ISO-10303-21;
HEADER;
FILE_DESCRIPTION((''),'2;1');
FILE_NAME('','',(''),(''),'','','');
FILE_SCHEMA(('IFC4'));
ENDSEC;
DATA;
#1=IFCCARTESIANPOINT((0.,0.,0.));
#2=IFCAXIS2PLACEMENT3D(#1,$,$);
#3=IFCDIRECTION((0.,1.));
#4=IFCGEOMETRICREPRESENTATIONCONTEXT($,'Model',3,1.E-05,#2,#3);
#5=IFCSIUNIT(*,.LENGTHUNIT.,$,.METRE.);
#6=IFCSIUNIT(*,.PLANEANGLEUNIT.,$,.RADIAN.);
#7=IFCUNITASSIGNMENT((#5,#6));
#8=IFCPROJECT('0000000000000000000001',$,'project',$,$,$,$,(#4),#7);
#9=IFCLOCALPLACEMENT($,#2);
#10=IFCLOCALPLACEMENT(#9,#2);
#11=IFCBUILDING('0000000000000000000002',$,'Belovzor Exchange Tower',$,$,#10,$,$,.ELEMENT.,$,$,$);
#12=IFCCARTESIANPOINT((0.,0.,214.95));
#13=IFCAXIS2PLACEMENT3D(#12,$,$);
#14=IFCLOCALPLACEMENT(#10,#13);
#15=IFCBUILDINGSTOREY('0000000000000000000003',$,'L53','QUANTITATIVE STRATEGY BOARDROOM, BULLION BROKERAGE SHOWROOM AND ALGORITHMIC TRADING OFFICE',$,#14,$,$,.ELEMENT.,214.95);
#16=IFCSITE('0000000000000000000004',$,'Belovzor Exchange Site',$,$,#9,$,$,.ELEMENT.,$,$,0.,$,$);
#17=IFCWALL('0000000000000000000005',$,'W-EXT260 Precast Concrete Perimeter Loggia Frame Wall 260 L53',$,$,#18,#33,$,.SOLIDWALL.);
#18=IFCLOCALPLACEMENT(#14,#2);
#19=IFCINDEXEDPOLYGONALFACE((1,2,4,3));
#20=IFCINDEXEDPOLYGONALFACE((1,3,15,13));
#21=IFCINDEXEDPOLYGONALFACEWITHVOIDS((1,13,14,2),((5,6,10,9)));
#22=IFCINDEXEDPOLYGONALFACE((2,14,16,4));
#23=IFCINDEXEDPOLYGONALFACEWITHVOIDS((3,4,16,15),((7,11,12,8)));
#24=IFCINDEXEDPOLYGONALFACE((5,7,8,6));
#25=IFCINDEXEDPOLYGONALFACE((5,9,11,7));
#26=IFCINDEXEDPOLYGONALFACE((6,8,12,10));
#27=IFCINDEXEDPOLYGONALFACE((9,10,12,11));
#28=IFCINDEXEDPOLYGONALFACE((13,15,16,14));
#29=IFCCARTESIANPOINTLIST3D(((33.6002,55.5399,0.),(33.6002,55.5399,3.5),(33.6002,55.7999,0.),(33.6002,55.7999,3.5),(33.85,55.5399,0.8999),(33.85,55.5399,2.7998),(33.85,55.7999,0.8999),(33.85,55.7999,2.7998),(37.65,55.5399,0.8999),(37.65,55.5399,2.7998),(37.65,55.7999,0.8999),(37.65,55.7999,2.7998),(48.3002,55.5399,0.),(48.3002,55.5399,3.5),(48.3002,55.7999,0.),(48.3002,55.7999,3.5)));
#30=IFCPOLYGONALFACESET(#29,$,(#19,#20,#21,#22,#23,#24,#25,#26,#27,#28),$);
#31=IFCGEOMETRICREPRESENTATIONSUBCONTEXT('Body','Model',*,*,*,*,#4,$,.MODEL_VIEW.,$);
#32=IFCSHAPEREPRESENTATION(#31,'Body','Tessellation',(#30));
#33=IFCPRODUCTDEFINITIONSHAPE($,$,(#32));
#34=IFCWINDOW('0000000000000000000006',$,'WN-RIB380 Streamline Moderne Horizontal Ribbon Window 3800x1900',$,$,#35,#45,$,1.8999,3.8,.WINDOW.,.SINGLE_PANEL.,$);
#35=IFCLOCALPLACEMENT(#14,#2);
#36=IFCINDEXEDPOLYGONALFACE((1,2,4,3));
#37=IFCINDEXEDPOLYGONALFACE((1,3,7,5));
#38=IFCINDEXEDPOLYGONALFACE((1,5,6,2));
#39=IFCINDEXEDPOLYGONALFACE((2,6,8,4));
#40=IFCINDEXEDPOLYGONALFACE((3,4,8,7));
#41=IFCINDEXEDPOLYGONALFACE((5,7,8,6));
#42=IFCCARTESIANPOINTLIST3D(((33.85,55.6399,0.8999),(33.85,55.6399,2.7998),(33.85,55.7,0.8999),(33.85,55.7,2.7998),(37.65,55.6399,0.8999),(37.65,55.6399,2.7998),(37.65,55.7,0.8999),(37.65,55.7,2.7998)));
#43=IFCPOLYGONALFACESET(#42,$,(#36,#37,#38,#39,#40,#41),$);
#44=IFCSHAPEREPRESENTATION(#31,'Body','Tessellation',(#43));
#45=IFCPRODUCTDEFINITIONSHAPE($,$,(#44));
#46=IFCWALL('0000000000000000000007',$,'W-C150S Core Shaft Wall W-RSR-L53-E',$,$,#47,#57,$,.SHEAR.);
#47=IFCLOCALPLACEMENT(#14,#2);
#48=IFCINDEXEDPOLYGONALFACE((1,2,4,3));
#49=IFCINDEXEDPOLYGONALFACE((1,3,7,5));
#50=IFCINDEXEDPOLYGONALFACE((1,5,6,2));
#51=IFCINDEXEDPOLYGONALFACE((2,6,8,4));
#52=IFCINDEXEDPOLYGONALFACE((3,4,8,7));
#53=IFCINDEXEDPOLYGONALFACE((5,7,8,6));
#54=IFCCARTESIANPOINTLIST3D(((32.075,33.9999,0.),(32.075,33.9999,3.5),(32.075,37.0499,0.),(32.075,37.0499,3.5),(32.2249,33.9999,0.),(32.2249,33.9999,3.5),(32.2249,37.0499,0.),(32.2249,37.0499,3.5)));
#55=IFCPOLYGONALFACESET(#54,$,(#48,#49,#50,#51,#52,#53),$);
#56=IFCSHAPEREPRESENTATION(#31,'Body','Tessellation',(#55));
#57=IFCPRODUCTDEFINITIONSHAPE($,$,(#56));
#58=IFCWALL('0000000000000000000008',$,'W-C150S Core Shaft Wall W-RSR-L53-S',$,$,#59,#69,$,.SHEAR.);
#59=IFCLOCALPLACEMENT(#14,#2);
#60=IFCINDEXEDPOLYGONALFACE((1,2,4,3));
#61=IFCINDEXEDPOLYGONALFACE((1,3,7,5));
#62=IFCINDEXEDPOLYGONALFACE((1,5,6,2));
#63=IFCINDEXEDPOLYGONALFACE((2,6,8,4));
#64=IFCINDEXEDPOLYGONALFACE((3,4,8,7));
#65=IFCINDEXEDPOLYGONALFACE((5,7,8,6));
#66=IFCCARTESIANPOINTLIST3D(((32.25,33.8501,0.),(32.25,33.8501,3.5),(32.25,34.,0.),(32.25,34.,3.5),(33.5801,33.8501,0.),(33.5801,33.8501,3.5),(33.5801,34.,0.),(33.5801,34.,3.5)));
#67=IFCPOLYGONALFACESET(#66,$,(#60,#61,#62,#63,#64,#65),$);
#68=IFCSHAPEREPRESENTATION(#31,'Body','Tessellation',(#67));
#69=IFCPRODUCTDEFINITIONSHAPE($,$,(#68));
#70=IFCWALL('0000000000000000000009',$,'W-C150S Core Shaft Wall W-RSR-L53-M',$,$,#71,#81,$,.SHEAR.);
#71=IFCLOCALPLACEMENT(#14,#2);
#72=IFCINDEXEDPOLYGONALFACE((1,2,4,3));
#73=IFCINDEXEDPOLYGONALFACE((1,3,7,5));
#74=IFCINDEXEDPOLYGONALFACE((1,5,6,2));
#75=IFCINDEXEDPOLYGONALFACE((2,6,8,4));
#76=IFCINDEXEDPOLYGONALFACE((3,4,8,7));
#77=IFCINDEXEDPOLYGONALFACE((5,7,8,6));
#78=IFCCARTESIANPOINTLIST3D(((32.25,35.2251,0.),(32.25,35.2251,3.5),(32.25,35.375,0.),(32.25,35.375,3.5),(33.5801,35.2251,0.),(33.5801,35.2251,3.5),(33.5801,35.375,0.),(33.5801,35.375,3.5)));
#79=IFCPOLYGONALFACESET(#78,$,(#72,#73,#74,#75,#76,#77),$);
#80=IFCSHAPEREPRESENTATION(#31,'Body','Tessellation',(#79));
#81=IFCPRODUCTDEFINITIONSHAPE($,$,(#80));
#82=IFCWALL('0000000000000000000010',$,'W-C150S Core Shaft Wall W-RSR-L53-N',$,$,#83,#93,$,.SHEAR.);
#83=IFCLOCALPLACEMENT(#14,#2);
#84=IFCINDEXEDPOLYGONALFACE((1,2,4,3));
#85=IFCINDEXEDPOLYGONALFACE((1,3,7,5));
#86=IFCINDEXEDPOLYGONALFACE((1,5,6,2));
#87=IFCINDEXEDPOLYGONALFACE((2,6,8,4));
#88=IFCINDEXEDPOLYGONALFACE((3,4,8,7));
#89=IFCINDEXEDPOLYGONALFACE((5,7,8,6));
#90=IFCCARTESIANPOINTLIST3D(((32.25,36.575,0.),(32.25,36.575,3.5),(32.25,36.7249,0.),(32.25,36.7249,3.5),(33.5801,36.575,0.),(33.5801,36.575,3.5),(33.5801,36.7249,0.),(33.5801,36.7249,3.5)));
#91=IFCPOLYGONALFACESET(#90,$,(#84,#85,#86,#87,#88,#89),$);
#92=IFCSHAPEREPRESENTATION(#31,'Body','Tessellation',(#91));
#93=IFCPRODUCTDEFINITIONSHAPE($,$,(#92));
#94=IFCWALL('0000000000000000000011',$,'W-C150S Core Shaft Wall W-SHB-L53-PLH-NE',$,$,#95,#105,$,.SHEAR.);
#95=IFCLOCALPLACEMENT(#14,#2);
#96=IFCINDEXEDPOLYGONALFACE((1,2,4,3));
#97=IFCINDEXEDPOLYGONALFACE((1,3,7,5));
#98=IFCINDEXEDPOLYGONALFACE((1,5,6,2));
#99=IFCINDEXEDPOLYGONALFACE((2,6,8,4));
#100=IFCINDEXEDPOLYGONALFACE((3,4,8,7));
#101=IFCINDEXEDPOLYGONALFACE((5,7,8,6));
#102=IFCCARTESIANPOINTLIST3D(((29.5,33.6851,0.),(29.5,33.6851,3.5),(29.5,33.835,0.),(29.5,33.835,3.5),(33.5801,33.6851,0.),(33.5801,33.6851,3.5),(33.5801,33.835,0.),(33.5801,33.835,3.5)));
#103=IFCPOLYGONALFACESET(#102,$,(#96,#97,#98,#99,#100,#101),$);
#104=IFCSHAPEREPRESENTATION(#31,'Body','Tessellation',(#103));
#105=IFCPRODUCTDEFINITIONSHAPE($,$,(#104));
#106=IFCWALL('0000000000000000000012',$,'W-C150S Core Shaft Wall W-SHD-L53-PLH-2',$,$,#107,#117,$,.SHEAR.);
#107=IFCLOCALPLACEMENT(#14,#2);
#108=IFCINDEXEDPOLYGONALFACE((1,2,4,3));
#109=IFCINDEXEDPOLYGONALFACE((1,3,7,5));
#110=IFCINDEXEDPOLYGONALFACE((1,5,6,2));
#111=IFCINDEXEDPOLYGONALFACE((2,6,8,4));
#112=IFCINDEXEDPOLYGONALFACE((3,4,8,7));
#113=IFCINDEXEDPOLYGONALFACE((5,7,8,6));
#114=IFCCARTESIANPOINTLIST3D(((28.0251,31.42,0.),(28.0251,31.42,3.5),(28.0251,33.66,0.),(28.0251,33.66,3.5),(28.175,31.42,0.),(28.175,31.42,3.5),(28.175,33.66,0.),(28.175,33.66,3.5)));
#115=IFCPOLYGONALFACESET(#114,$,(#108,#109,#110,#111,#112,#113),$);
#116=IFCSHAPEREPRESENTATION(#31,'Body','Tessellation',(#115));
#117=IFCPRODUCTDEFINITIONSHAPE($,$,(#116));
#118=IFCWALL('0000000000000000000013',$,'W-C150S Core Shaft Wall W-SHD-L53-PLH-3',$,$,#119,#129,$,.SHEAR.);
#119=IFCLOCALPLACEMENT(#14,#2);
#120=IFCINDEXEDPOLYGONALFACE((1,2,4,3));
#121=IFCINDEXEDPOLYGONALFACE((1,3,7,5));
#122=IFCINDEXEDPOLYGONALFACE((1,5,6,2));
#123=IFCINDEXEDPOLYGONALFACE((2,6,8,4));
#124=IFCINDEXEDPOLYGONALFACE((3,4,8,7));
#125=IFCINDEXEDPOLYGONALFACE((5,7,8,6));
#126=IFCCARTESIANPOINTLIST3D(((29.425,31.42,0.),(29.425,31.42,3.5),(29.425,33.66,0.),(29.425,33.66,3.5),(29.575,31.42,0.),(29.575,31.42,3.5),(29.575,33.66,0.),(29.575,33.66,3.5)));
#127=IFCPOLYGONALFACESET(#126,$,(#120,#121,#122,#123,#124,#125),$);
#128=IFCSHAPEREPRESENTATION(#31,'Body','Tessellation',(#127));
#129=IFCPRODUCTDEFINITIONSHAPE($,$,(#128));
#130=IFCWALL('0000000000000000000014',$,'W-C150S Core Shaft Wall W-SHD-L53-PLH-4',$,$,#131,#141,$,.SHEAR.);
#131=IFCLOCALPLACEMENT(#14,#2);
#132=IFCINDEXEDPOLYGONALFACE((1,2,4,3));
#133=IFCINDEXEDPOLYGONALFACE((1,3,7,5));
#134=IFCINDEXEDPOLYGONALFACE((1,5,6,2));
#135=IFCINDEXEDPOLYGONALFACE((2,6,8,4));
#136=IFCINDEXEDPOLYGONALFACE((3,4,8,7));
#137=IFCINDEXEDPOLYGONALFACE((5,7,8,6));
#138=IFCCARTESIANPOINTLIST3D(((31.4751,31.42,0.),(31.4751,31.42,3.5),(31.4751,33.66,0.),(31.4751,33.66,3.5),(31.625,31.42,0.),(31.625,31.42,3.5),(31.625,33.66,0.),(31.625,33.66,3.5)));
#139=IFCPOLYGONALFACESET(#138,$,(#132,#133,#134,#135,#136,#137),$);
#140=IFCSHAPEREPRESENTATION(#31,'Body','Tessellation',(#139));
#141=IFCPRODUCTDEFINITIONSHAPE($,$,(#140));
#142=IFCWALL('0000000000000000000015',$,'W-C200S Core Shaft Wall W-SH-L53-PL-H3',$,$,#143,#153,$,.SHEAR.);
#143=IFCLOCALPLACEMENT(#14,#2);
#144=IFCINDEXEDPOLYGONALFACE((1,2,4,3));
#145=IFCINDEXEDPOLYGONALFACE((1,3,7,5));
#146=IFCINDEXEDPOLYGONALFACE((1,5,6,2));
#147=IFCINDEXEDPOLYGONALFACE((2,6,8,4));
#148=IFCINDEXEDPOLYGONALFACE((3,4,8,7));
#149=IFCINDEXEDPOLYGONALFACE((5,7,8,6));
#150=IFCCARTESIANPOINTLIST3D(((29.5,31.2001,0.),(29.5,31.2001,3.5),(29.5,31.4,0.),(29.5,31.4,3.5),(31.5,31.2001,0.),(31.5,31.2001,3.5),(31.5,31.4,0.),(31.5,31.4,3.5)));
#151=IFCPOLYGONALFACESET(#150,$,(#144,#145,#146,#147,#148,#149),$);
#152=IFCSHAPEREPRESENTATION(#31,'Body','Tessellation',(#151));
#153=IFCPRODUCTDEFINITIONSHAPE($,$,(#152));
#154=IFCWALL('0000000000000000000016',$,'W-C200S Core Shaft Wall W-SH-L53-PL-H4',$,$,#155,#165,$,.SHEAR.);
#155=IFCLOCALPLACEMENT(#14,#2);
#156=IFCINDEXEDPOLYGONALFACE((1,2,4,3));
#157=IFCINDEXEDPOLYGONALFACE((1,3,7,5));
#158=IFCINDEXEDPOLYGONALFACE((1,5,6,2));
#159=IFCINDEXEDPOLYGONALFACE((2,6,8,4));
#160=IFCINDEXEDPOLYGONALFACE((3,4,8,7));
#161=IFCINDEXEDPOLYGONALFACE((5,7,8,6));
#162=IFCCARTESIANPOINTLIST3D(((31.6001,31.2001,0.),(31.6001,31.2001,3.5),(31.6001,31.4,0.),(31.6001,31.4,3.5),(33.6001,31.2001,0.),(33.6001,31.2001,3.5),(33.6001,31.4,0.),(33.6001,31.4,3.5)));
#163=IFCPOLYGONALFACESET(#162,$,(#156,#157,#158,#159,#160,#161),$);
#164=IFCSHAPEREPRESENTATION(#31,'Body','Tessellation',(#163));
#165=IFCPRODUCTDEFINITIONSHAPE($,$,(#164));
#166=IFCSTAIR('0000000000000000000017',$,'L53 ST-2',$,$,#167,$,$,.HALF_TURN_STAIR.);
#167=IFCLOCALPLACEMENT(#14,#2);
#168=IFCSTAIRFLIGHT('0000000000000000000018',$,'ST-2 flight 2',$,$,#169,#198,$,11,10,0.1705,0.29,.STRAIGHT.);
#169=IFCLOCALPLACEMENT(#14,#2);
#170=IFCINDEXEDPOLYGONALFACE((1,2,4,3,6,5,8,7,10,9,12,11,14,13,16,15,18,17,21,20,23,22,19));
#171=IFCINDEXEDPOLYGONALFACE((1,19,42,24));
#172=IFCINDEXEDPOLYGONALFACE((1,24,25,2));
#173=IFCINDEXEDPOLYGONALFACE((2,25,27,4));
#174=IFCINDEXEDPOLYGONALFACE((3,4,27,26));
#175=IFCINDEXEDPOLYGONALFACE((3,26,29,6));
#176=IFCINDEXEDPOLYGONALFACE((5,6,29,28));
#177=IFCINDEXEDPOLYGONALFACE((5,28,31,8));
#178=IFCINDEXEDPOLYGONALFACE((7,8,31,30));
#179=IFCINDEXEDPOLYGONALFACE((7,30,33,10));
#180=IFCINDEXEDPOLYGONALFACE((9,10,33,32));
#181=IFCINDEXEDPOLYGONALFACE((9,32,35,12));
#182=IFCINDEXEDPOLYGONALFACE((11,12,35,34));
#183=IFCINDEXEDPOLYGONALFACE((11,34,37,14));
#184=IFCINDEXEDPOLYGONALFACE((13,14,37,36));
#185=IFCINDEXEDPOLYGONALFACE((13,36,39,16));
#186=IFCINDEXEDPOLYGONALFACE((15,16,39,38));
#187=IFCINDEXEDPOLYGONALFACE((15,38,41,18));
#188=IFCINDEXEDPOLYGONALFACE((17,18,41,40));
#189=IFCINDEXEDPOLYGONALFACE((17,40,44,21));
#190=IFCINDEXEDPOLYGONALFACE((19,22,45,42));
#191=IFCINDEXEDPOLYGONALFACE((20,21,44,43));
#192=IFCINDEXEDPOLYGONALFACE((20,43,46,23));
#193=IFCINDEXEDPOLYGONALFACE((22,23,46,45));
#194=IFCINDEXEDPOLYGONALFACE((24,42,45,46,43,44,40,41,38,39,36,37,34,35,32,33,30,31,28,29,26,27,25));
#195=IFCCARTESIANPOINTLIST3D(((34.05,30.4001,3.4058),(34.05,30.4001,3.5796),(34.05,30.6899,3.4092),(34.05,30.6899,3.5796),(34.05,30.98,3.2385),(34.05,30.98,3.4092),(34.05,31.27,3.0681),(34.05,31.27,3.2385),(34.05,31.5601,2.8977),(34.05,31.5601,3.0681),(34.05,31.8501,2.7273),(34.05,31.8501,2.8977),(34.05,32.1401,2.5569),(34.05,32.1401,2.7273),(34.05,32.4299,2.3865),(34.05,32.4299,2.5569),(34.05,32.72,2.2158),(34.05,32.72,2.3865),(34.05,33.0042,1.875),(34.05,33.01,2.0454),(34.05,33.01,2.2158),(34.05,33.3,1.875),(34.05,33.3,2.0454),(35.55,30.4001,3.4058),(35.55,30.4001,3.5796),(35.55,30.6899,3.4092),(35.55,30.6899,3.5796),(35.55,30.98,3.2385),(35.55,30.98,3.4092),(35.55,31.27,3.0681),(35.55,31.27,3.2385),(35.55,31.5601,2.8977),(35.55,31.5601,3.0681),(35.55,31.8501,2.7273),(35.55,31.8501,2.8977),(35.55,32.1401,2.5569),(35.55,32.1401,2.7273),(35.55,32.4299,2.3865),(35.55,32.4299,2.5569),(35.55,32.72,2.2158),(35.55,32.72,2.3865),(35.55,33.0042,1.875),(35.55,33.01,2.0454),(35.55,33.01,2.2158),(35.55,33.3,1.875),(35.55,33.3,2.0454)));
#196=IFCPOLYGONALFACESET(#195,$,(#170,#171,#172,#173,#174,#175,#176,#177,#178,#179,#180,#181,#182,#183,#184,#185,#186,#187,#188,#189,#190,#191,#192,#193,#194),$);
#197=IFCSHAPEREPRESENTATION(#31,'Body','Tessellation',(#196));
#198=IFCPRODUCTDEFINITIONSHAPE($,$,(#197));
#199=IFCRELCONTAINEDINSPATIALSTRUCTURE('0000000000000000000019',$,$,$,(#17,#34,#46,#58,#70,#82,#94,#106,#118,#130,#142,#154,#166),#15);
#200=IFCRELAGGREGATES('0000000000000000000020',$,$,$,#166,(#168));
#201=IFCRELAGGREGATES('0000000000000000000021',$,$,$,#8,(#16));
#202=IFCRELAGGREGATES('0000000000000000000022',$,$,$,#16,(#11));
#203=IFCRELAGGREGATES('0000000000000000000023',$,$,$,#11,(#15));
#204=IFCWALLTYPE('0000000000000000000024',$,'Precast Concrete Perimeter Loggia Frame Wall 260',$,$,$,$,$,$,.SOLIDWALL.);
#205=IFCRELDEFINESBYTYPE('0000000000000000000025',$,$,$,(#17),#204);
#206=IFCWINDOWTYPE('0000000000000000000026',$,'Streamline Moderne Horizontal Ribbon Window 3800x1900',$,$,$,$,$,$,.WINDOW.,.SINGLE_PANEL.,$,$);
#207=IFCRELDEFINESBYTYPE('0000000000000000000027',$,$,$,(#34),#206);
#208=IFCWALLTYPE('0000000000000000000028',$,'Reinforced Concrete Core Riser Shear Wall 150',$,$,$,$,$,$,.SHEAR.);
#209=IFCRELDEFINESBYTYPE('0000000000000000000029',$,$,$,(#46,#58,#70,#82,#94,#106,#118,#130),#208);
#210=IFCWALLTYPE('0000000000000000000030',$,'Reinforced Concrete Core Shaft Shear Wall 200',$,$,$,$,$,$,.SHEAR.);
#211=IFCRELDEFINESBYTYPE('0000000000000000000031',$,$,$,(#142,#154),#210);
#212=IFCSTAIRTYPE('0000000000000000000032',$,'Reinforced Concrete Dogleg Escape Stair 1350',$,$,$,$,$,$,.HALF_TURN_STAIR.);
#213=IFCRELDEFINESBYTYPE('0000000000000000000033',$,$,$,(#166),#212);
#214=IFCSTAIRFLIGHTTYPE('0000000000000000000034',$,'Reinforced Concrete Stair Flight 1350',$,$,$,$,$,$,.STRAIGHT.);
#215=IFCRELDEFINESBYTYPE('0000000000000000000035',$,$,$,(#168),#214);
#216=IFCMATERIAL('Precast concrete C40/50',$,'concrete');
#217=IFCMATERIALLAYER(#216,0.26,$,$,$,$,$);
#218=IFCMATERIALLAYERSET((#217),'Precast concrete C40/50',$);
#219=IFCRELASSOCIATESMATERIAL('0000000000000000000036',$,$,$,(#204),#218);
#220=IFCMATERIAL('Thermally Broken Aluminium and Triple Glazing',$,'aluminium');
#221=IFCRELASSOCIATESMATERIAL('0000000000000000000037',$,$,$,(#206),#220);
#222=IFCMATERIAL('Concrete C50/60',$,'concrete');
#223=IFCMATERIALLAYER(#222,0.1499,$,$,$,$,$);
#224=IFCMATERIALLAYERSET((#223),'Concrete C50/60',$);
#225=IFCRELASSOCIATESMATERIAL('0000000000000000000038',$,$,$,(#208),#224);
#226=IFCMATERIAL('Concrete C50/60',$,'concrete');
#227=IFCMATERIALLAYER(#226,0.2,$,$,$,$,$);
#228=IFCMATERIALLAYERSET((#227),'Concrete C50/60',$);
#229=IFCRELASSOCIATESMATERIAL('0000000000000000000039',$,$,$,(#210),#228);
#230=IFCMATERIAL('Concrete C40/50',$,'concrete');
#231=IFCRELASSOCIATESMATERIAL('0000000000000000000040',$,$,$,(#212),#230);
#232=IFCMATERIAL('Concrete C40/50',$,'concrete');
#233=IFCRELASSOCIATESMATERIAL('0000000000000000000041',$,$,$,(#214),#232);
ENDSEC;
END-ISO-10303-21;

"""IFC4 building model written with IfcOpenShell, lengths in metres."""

from ifc_helpers import new_model, si_unit, direction, frame, frame_2d, origin, place, context, subcontext, project, spatial, polyline, rectangle, outline, extrude, material, layer, layer_set, type_object, element, fill, aggregate, save


model = new_model("IFC4")

# Units and contexts
model_context = context("Model", 3, precision=1e-05, world=origin(), true_north=direction((0.0, 1.0)))
body_context = subcontext(model_context, "Body", "Model", "MODEL_VIEW")
ifc_project = project(units=[si_unit("LENGTHUNIT", "METRE"), si_unit("PLANEANGLEUNIT", "RADIAN")], contexts=[model_context])

# Site, building, storey
site_placement = place(None, origin())
site = spatial("IfcSite", under=ifc_project, at=site_placement, Name="Belovzor Exchange Site", CompositionType="ELEMENT", RefElevation=0.0)
building_placement = place(site_placement, origin())
building = spatial("IfcBuilding", under=site, at=building_placement, Name="Belovzor Exchange Tower", CompositionType="ELEMENT")
storey_placement = place(building_placement, frame((0.0, 0.0, 214.95)))
storey = spatial("IfcBuildingStorey", under=building, at=storey_placement, Name="L53", Description="QUANTITATIVE STRATEGY BOARDROOM, BULLION BROKERAGE SHOWROOM AND ALGORITHMIC TRADING OFFICE", CompositionType="ELEMENT", Elevation=214.95)

# Wall, opening, window
ifc_material_1 = material(Name="Precast concrete C40/50", Category="concrete")
ifc_layer_1 = layer(ifc_material_1, 0.26)
ifc_layer_set_1 = layer_set([ifc_layer_1], Name="Precast concrete C40/50")
wall_type_1 = type_object("IfcWallType", Name="Precast Concrete Perimeter Loggia Frame Wall 260", PredefinedType="SOLIDWALL", material=ifc_layer_set_1)
wall_1_placement = place(storey_placement, frame((33.6001, 55.6699, 0.0), z_axis=(0.0, 0.0, 1.0), x_axis=(1.0, 0.0, 0.0)))
wall_1 = element("IfcWall", 1, at=wall_1_placement, inside=storey, type_object=wall_type_1, Name="W-EXT260 Precast Concrete Perimeter Loggia Frame Wall 260 L53", PredefinedType="SOLIDWALL", context=body_context, shape_type="SweptSolid", body=[
    extrude(rectangle(XDim=14.7, YDim=0.26, at=frame_2d((7.3501, 0.0))), origin(), (0.0, 0.0, 1.0), 3.5),
])
opening_1_placement = place(wall_1_placement, frame((0.25, 0.0, 0.8999)))
opening_1 = element("IfcOpeningElement", 2, at=opening_1_placement, cuts=wall_1, PredefinedType="OPENING", context=body_context, shape_type="SweptSolid", body=[
    extrude(rectangle(XDim=3.8, YDim=1.8999, at=frame_2d((1.8999, 0.95))), frame((0.0, 0.1399, 0.0), z_axis=(0.0, -1.0, 0.0), x_axis=(1.0, 0.0, 0.0)), (0.0, 0.0, 1.0), 0.28),
])
ifc_material_2 = material(Name="Thermally Broken Aluminium and Triple Glazing", Category="aluminium")
window_type = type_object("IfcWindowType", Name="Streamline Moderne Horizontal Ribbon Window 3800x1900", PartitioningType="SINGLE_PANEL", PredefinedType="WINDOW", material=ifc_material_2)
window_placement = place(opening_1_placement, origin())
window = element("IfcWindow", 3, at=window_placement, inside=storey, type_object=window_type, Name="WN-RIB380 Streamline Moderne Horizontal Ribbon Window 3800x1900", OverallHeight=1.8999, OverallWidth=3.8, PartitioningType="SINGLE_PANEL", PredefinedType="WINDOW", context=body_context, shape_type="SweptSolid", body=[
    extrude(rectangle(XDim=3.8, YDim=1.8999, at=frame_2d((1.8999, 0.95))), frame((0.0, 0.03, 0.0), z_axis=(0.0, -1.0, 0.0), x_axis=(1.0, 0.0, 0.0)), (0.0, 0.0, 1.0), 0.0601),
])
fill(opening_1, window)

# Walls
ifc_material_3 = material(Name="Concrete C50/60", Category="concrete")
ifc_layer_2 = layer(ifc_material_3, 0.1499)
ifc_layer_set_2 = layer_set([ifc_layer_2], Name="Concrete C50/60")
wall_type_2 = type_object("IfcWallType", Name="Reinforced Concrete Core Riser Shear Wall 150", PredefinedType="SHEAR", material=ifc_layer_set_2)
wall_2_placement = place(storey_placement, frame((32.1499, 34.0, 0.0), z_axis=(0.0, 0.0, 1.0), x_axis=(0.0, 1.0, 0.0)))
element("IfcWall", 4, at=wall_2_placement, inside=storey, type_object=wall_type_2, Name="W-C150S Core Shaft Wall W-RSR-L53-E", PredefinedType="SHEAR", context=body_context, shape_type="SweptSolid", body=[
    extrude(rectangle(XDim=3.05, YDim=0.1499, at=frame_2d((1.5249, 0.0))), origin(), (0.0, 0.0, 1.0), 3.5),
])
for number, where, z_axis, x_axis, name in (
    (5, (32.25, 33.925, 0.0), (0.0, 0.0, 1.0), (1.0, 0.0, 0.0), "W-C150S Core Shaft Wall W-RSR-L53-S"),
    (6, (32.25, 35.3, 0.0), (0.0, 0.0, 1.0), (1.0, 0.0, 0.0), "W-C150S Core Shaft Wall W-RSR-L53-M"),
    (7, (32.25, 36.6499, 0.0), (0.0, 0.0, 1.0), (1.0, 0.0, 0.0), "W-C150S Core Shaft Wall W-RSR-L53-N"),
):
    element("IfcWall", number, at=place(storey_placement, frame(where, z_axis=z_axis, x_axis=x_axis)), inside=storey, type_object=wall_type_2, Name=name, PredefinedType="SHEAR", context=body_context, shape_type="SweptSolid", body=[
        extrude(rectangle(XDim=1.3301, YDim=0.1499, at=frame_2d((0.665, 0.0))), origin(), (0.0, 0.0, 1.0), 3.5),
    ])
wall_3_placement = place(storey_placement, frame((29.5, 33.76, 0.0), z_axis=(0.0, 0.0, 1.0), x_axis=(1.0, 0.0, 0.0)))
element("IfcWall", 8, at=wall_3_placement, inside=storey, type_object=wall_type_2, Name="W-C150S Core Shaft Wall W-SHB-L53-PLH-NE", PredefinedType="SHEAR", context=body_context, shape_type="SweptSolid", body=[
    extrude(rectangle(XDim=4.0801, YDim=0.1499, at=frame_2d((2.04, 0.0))), origin(), (0.0, 0.0, 1.0), 3.5),
])
for number, where, z_axis, x_axis, name in (
    (9, (28.1001, 31.4199, 0.0), (0.0, 0.0, 1.0), (0.0, 1.0, 0.0), "W-C150S Core Shaft Wall W-SHD-L53-PLH-2"),
    (10, (29.5, 31.4199, 0.0), (0.0, 0.0, 1.0), (0.0, 1.0, 0.0), "W-C150S Core Shaft Wall W-SHD-L53-PLH-3"),
    (11, (31.55, 31.4199, 0.0), (0.0, 0.0, 1.0), (0.0, 1.0, 0.0), "W-C150S Core Shaft Wall W-SHD-L53-PLH-4"),
):
    element("IfcWall", number, at=place(storey_placement, frame(where, z_axis=z_axis, x_axis=x_axis)), inside=storey, type_object=wall_type_2, Name=name, PredefinedType="SHEAR", context=body_context, shape_type="SweptSolid", body=[
        extrude(rectangle(XDim=2.24, YDim=0.1499, at=frame_2d((1.1201, 0.0))), origin(), (0.0, 0.0, 1.0), 3.5),
    ])
ifc_material_4 = material(Name="Concrete C50/60", Category="concrete")
ifc_layer_3 = layer(ifc_material_4, 0.2)
ifc_layer_set_3 = layer_set([ifc_layer_3], Name="Concrete C50/60")
wall_type_3 = type_object("IfcWallType", Name="Reinforced Concrete Core Shaft Shear Wall 200", PredefinedType="SHEAR", material=ifc_layer_set_3)
for number, where, z_axis, x_axis, name in (
    (12, (29.5, 31.3, 0.0), (0.0, 0.0, 1.0), (1.0, 0.0, 0.0), "W-C200S Core Shaft Wall W-SH-L53-PL-H3"),
    (13, (31.6001, 31.3, 0.0), (0.0, 0.0, 1.0), (1.0, 0.0, 0.0), "W-C200S Core Shaft Wall W-SH-L53-PL-H4"),
):
    element("IfcWall", number, at=place(storey_placement, frame(where, z_axis=z_axis, x_axis=x_axis)), inside=storey, type_object=wall_type_3, Name=name, PredefinedType="SHEAR", context=body_context, shape_type="SweptSolid", body=[
        extrude(rectangle(XDim=2.0, YDim=0.2, at=frame_2d((1.0, 0.0))), origin(), (0.0, 0.0, 1.0), 3.5),
    ])

# Stair, stair flight
ifc_material_5 = material(Name="Concrete C40/50", Category="concrete")
stair_type = type_object("IfcStairType", Name="Reinforced Concrete Dogleg Escape Stair 1350", PredefinedType="HALF_TURN_STAIR", material=ifc_material_5)
stair_placement = place(storey_placement, origin())
stair = element("IfcStair", 14, at=stair_placement, inside=storey, type_object=stair_type, Name="L53 ST-2", PredefinedType="HALF_TURN_STAIR")
ifc_material_6 = material(Name="Concrete C40/50", Category="concrete")
stair_flight_type = type_object("IfcStairFlightType", Name="Reinforced Concrete Stair Flight 1350", PredefinedType="STRAIGHT", material=ifc_material_6)
stair_flight_placement = place(storey_placement, frame((34.8, 33.3, 1.875), z_axis=(0.0, 0.0, 1.0), x_axis=(0.0, -1.0, 0.0)))
stair_flight = element("IfcStairFlight", 15, at=stair_flight_placement, type_object=stair_flight_type, Name="ST-2 flight 2", NumberOfRisers=11, NumberOfTreads=10, PredefinedType="STRAIGHT", RiserHeight=0.1705, TreadLength=0.29, context=body_context, shape_type="SweptSolid", body=[
    extrude(outline(polyline([(0.0, 0.0), (0.0, 0.1704), (0.29, 0.1704), (0.29, 0.3408), (0.5801, 0.3408), (0.5801, 0.5115), (0.8701, 0.5115), (0.8701, 0.6819), (1.1599, 0.6819), (1.1599, 0.8523), (1.45, 0.8523), (1.45, 1.0227), (1.74, 1.0227), (1.74, 1.1931), (2.03, 1.1931), (2.03, 1.3635), (2.3201, 1.3635), (2.3201, 1.5342), (2.6101, 1.5342), (2.6101, 1.7046), (2.8999, 1.7046), (2.8999, 1.875), (2.8999, 1.5308), (0.2959, 0.0), (0.0, 0.0)])), frame((0.0, 0.75, 0.0), z_axis=(0.0, -1.0, 0.0), x_axis=(1.0, 0.0, 0.0)), (0.0, 0.0, 1.0), 1.5),
])
aggregate(stair, [stair_flight])

save(model, "model.ifc")
